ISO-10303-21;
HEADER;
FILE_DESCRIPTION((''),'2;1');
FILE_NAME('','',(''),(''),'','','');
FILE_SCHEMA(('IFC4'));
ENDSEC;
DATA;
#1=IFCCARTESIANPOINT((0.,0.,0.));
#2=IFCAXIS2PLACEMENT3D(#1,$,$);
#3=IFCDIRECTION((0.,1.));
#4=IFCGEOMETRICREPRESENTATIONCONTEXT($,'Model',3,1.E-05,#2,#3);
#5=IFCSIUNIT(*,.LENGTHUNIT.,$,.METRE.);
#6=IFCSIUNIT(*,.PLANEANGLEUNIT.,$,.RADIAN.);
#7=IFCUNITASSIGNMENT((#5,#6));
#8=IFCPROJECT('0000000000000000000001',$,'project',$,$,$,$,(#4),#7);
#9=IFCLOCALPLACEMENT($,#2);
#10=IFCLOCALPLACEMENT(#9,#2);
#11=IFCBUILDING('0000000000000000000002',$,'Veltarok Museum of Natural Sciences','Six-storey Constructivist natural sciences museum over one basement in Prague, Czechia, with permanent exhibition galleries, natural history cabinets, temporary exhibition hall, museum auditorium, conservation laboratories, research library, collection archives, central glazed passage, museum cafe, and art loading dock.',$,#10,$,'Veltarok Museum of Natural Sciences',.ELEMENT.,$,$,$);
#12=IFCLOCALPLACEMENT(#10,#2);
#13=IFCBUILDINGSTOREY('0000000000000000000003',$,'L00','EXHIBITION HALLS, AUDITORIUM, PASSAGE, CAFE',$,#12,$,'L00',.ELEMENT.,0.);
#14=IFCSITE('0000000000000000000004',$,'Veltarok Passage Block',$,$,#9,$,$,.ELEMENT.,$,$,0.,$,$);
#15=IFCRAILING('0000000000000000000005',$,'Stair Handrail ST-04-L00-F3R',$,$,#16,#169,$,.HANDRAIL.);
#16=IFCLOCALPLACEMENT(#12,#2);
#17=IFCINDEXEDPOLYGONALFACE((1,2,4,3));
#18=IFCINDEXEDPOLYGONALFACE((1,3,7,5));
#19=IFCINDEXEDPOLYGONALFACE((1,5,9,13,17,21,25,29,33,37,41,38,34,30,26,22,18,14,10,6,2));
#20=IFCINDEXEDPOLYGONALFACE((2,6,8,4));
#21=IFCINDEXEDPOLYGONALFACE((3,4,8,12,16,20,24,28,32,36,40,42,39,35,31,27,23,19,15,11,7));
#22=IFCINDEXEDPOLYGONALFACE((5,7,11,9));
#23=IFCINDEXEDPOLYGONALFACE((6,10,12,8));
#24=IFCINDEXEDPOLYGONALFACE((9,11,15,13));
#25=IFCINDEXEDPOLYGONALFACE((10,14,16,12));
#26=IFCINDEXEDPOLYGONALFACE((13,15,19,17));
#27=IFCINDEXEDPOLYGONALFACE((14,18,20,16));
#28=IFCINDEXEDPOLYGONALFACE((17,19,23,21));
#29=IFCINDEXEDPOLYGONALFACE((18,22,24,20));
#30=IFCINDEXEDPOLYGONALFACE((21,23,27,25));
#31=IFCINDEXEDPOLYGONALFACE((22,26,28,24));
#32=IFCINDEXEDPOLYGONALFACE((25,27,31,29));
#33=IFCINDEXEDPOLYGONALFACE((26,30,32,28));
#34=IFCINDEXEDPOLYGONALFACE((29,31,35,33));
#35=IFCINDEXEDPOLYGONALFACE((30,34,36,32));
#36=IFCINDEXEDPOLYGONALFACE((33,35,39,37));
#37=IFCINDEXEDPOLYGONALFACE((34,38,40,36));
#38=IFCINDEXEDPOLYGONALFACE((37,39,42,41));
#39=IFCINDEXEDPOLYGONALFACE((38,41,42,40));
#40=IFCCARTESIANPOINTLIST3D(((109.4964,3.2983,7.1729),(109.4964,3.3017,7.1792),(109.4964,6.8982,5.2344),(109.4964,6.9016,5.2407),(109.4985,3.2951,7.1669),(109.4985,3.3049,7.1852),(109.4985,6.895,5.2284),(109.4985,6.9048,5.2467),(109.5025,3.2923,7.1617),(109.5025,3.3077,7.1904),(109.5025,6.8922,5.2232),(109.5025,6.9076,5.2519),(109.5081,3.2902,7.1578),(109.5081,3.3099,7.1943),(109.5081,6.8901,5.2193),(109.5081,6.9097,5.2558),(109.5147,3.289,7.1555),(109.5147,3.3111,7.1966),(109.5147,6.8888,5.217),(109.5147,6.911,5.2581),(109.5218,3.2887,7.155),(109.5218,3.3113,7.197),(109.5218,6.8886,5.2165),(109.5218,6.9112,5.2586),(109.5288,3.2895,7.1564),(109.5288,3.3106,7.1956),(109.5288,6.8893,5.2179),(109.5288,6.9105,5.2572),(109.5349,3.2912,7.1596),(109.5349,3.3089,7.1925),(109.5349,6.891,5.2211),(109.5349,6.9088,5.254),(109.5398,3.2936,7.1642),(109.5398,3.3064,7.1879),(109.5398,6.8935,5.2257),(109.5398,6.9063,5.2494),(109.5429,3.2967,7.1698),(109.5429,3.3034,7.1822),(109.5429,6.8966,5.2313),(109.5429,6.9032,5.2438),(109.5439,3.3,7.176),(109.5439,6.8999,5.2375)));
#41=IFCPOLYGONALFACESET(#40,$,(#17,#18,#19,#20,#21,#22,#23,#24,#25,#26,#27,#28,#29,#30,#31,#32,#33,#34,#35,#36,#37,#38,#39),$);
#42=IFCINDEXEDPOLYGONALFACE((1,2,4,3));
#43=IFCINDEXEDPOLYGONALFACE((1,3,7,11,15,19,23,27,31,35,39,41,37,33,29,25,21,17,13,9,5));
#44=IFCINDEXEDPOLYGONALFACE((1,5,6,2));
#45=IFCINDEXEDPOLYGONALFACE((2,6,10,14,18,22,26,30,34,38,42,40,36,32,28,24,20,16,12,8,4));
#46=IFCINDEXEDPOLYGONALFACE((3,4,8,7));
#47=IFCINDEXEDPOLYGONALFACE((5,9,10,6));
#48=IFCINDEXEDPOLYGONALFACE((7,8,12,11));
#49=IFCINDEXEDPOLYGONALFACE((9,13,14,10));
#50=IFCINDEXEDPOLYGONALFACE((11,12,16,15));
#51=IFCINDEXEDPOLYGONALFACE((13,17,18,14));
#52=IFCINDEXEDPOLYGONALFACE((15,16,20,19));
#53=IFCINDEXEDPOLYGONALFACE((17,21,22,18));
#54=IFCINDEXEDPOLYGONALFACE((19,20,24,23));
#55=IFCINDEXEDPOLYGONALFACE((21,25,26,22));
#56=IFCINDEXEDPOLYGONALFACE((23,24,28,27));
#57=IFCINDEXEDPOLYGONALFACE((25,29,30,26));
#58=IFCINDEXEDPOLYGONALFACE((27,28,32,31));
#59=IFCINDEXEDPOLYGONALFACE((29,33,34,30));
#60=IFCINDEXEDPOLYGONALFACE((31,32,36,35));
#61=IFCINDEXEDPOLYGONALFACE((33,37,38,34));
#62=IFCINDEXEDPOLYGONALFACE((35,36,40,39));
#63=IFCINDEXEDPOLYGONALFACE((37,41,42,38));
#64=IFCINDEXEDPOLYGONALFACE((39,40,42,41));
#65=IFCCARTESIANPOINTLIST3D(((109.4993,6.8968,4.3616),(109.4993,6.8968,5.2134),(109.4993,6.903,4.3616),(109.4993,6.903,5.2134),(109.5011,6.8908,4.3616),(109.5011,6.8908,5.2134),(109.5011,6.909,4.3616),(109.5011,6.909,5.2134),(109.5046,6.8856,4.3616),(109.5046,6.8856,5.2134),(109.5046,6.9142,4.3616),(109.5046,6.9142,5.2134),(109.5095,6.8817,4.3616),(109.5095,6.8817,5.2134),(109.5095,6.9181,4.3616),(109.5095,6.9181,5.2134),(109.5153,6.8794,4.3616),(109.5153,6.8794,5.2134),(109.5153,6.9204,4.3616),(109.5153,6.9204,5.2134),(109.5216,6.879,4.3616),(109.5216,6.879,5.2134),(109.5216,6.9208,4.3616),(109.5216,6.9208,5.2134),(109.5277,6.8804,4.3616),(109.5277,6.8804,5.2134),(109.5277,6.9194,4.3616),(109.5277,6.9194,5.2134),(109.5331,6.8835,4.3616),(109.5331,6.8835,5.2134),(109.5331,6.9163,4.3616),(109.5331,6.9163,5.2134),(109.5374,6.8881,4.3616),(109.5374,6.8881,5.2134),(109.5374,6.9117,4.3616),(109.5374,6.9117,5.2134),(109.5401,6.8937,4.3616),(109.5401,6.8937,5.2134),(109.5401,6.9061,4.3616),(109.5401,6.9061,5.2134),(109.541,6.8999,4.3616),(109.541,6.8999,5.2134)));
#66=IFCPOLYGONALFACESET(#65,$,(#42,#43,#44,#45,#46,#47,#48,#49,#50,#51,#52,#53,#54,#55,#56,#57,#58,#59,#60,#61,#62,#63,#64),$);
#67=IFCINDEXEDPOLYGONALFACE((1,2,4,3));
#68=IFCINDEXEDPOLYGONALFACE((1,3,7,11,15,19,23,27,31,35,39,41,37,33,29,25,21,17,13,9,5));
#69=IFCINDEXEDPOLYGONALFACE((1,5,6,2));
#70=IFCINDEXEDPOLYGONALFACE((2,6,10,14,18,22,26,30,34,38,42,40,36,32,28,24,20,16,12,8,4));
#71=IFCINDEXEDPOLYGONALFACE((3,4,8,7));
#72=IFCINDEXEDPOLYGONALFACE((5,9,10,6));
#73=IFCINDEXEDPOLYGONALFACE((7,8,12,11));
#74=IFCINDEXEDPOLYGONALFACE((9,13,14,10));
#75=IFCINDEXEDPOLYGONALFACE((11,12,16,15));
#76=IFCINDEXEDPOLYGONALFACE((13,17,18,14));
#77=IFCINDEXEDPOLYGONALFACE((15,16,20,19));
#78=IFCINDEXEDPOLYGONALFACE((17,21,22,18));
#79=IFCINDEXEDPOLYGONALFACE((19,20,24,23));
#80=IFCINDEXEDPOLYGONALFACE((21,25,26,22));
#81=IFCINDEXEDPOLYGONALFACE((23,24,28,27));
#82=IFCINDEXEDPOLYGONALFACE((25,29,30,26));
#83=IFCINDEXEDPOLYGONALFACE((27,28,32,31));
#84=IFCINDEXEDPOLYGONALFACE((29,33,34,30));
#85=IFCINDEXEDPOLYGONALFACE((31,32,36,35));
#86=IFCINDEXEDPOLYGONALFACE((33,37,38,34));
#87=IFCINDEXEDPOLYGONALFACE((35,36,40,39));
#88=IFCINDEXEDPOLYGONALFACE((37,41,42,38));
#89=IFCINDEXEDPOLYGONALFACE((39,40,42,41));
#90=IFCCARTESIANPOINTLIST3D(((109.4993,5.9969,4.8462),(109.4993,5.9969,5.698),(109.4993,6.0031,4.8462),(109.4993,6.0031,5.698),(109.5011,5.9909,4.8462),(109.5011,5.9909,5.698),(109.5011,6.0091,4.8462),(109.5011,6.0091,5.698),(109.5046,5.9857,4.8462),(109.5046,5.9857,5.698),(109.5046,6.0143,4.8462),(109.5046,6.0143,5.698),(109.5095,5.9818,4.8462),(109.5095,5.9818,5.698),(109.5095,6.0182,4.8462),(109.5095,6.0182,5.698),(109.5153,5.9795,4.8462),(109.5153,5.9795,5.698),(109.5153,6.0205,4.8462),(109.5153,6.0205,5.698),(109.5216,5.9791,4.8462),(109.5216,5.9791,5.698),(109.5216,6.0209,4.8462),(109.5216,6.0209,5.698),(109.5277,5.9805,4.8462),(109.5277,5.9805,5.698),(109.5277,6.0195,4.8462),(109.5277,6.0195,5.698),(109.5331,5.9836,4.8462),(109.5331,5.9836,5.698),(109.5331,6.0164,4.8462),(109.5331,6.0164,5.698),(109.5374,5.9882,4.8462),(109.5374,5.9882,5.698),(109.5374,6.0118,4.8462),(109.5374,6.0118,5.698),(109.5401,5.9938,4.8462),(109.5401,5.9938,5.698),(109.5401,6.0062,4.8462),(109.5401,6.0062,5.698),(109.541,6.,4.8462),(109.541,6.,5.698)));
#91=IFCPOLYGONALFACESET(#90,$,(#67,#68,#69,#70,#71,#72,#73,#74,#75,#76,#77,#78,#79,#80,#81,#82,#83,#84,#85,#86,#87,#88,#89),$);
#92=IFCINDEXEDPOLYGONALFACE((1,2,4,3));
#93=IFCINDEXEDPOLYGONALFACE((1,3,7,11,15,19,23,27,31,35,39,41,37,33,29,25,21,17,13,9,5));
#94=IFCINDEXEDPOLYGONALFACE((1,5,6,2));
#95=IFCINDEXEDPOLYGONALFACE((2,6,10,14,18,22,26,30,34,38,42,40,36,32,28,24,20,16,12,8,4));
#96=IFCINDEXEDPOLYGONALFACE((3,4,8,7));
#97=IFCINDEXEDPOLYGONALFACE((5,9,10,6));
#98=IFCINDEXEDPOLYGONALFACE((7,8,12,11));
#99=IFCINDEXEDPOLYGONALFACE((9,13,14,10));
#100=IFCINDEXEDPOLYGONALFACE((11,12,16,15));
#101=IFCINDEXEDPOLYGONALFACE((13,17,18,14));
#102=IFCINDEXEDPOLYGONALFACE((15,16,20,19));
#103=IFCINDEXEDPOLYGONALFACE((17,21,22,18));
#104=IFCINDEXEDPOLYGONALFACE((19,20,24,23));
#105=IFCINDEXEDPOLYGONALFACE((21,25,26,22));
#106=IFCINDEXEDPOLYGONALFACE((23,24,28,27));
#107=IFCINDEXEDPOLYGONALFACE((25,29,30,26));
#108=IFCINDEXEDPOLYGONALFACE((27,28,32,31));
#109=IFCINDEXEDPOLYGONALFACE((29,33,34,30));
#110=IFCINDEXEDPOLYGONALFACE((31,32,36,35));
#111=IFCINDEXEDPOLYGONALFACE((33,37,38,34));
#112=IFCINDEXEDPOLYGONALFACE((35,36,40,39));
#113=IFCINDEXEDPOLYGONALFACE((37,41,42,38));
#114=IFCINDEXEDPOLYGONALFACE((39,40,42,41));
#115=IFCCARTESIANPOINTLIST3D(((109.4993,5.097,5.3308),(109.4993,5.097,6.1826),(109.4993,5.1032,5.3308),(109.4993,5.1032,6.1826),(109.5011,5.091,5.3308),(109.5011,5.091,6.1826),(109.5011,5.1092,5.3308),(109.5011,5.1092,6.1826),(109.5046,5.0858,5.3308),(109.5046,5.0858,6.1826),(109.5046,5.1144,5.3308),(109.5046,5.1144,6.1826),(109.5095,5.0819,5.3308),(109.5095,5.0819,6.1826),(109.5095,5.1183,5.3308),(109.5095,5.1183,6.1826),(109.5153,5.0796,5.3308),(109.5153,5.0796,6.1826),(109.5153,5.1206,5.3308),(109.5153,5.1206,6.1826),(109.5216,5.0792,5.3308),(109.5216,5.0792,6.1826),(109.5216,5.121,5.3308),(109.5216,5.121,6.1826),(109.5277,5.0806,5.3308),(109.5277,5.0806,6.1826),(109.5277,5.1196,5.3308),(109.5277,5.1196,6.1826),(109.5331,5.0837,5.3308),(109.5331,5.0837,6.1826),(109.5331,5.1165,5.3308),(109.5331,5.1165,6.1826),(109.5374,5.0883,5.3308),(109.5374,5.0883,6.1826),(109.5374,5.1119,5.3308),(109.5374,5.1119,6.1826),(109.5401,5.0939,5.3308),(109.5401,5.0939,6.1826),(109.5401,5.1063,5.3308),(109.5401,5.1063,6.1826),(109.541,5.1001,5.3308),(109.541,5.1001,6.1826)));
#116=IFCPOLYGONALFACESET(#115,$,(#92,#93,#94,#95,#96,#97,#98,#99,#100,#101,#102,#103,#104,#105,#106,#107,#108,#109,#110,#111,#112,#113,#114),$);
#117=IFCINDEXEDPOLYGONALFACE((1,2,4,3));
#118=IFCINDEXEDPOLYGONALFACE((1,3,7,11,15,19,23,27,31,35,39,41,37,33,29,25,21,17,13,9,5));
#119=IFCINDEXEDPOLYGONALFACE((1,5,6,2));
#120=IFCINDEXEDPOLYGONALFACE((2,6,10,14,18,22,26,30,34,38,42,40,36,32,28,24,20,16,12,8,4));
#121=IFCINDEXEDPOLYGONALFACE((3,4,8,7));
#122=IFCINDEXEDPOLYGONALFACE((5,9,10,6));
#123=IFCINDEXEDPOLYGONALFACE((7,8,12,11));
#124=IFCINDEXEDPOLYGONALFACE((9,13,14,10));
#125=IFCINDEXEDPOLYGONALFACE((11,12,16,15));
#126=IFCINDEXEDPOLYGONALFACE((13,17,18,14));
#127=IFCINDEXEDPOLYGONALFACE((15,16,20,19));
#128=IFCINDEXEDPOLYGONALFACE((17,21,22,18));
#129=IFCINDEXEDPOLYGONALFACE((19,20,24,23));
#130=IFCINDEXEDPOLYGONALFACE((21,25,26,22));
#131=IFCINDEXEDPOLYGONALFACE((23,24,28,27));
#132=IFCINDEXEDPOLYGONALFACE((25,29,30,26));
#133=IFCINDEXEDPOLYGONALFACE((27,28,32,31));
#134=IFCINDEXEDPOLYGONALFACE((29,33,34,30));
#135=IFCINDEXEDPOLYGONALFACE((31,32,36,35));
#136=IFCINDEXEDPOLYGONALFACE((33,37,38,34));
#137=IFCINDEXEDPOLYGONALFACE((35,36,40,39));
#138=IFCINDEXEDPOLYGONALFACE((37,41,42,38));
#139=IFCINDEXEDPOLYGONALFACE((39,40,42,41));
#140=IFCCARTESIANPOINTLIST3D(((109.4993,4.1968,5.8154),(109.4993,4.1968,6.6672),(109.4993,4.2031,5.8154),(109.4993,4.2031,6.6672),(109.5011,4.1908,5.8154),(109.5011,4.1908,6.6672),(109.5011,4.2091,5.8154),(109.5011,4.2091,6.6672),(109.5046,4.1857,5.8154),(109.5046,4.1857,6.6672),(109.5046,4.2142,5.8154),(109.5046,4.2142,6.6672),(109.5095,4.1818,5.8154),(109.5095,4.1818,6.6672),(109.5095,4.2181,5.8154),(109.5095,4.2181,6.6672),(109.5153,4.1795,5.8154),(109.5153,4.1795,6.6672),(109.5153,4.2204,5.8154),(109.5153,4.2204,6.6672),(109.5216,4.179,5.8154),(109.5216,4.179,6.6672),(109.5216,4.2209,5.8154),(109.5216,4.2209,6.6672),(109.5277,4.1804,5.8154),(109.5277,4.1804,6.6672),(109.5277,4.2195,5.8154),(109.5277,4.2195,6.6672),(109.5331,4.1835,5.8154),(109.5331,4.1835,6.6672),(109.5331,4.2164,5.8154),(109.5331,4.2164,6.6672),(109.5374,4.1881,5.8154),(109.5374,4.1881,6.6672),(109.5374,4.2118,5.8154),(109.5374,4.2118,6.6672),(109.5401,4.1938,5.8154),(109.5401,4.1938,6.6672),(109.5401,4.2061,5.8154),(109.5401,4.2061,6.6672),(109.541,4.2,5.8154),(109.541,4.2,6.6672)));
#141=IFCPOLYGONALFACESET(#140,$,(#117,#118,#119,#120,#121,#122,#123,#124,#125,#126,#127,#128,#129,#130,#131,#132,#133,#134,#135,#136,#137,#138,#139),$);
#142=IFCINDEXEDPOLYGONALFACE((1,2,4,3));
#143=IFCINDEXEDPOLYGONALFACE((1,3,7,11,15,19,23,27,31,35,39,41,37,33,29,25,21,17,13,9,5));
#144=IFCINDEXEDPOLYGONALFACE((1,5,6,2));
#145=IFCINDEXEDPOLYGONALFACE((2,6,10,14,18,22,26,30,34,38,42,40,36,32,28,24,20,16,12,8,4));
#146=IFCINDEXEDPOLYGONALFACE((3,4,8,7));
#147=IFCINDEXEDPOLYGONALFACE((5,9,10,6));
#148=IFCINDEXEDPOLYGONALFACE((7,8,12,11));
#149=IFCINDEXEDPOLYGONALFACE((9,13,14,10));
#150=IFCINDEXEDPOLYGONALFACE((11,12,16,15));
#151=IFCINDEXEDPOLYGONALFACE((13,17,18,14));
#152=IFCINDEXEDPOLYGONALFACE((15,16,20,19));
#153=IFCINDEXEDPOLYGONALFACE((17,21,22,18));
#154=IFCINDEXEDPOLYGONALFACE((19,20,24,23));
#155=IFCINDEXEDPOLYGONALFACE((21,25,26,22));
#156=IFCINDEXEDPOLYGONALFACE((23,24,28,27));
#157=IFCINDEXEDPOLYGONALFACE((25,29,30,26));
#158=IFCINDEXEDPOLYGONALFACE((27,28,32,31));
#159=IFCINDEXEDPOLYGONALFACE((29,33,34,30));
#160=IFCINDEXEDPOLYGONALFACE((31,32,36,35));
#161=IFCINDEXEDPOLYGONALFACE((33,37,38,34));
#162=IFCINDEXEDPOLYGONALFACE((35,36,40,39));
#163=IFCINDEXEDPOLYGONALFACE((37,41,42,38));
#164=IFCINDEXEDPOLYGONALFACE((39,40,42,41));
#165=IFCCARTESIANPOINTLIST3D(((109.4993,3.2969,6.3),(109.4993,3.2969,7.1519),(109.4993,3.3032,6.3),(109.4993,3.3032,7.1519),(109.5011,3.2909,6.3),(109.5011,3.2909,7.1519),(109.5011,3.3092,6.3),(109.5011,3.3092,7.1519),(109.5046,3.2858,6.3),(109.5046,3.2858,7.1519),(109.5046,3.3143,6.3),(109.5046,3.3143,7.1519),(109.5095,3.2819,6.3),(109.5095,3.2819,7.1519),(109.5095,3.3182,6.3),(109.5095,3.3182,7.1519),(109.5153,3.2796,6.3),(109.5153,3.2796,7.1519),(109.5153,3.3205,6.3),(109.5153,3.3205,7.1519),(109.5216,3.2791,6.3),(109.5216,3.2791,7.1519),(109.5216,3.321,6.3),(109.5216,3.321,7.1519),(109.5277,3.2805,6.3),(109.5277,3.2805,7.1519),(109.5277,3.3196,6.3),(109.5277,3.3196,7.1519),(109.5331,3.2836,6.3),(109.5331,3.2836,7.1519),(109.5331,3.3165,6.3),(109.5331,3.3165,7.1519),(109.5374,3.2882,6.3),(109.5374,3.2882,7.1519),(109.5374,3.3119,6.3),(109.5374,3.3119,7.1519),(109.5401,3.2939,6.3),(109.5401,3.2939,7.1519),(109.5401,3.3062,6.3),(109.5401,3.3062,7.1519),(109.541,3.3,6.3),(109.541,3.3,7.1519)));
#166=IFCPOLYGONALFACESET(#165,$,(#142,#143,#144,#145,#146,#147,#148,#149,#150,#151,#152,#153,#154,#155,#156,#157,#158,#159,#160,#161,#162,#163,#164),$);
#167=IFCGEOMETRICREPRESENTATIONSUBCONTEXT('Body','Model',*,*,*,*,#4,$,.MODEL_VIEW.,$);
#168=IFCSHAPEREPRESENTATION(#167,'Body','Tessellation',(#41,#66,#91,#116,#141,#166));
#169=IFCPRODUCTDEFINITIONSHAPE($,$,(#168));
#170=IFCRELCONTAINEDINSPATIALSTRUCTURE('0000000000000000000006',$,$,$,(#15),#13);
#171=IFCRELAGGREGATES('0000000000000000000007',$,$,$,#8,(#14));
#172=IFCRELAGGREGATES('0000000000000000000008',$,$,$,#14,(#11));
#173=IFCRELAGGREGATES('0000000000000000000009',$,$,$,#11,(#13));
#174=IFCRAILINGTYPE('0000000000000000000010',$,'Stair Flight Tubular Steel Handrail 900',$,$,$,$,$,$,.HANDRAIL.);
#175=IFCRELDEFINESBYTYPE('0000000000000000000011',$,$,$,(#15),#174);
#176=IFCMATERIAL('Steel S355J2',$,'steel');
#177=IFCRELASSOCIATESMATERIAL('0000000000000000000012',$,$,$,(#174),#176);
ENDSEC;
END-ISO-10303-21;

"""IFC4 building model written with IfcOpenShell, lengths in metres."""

from ifc_helpers import new_model, si_unit, direction, frame, origin, origin_2d, place, context, subcontext, project, spatial, circle, extrude, material, type_object, element, save


model = new_model("IFC4")

# Units and contexts
model_context = context("Model", 3, precision=1e-05, world=origin(), true_north=direction((0.0, 1.0)))
body_context = subcontext(model_context, "Body", "Model", "MODEL_VIEW")
ifc_project = project(units=[si_unit("LENGTHUNIT", "METRE"), si_unit("PLANEANGLEUNIT", "RADIAN")], contexts=[model_context])

# Site, building, storey
site_placement = place(None, origin())
site = spatial("IfcSite", under=ifc_project, at=site_placement, Name="Veltarok Passage Block", CompositionType="ELEMENT", RefElevation=0.0)
building_placement = place(site_placement, origin())
building = spatial("IfcBuilding", under=site, at=building_placement, Name="Veltarok Museum of Natural Sciences", Description="Six-storey Constructivist natural sciences museum over one basement in Prague, Czechia, with permanent exhibition galleries, natural history cabinets, temporary exhibition hall, museum auditorium, conservation laboratories, research library, collection archives, central glazed passage, museum cafe, and art loading dock.", LongName="Veltarok Museum of Natural Sciences", CompositionType="ELEMENT")
storey_placement = place(building_placement, origin())
storey = spatial("IfcBuildingStorey", under=building, at=storey_placement, Name="L00", Description="EXHIBITION HALLS, AUDITORIUM, PASSAGE, CAFE", LongName="L00", CompositionType="ELEMENT", Elevation=0.0)

# Shared definitions
ifc_material_1 = material(Name="Steel S355J2", Category="steel")

# Railing
railing_type_1 = type_object("IfcRailingType", Name="Stair Flight Tubular Steel Handrail 900", PredefinedType="HANDRAIL", material=ifc_material_1)
railing_1_placement = place(storey_placement, frame((109.52, 6.8999, 4.3616)))
element("IfcRailing", 1, at=railing_1_placement, inside=storey, type_object=railing_type_1, Name="Stair Handrail ST-04-L00-F3R", PredefinedType="HANDRAIL", context=body_context, shape_type="SweptSolid", body=[
    extrude(circle(Radius=0.0239, at=origin_2d()), frame((0.0, 0.0, 0.876), z_axis=(0.0, -0.880462, 0.474118), x_axis=(1.0, 0.0, 0.0)), (0.0, 0.0, 1.0), 4.0886),
    extrude(circle(Radius=0.021, at=origin_2d()), origin(), (0.0, 0.0, 1.0), 0.8518),
    extrude(circle(Radius=0.021, at=origin_2d()), frame((0.0, -0.8999, 0.4846)), (0.0, 0.0, 1.0), 0.8518),
    extrude(circle(Radius=0.021, at=origin_2d()), frame((0.0, -1.7998, 0.9692)), (0.0, 0.0, 1.0), 0.8518),
    extrude(circle(Radius=0.021, at=origin_2d()), frame((0.0, -2.7, 1.4539)), (0.0, 0.0, 1.0), 0.8518),
    extrude(circle(Radius=0.021, at=origin_2d()), frame((0.0, -3.5999, 1.9385)), (0.0, 0.0, 1.0), 0.8518),
])

save(model, "model.ifc")
